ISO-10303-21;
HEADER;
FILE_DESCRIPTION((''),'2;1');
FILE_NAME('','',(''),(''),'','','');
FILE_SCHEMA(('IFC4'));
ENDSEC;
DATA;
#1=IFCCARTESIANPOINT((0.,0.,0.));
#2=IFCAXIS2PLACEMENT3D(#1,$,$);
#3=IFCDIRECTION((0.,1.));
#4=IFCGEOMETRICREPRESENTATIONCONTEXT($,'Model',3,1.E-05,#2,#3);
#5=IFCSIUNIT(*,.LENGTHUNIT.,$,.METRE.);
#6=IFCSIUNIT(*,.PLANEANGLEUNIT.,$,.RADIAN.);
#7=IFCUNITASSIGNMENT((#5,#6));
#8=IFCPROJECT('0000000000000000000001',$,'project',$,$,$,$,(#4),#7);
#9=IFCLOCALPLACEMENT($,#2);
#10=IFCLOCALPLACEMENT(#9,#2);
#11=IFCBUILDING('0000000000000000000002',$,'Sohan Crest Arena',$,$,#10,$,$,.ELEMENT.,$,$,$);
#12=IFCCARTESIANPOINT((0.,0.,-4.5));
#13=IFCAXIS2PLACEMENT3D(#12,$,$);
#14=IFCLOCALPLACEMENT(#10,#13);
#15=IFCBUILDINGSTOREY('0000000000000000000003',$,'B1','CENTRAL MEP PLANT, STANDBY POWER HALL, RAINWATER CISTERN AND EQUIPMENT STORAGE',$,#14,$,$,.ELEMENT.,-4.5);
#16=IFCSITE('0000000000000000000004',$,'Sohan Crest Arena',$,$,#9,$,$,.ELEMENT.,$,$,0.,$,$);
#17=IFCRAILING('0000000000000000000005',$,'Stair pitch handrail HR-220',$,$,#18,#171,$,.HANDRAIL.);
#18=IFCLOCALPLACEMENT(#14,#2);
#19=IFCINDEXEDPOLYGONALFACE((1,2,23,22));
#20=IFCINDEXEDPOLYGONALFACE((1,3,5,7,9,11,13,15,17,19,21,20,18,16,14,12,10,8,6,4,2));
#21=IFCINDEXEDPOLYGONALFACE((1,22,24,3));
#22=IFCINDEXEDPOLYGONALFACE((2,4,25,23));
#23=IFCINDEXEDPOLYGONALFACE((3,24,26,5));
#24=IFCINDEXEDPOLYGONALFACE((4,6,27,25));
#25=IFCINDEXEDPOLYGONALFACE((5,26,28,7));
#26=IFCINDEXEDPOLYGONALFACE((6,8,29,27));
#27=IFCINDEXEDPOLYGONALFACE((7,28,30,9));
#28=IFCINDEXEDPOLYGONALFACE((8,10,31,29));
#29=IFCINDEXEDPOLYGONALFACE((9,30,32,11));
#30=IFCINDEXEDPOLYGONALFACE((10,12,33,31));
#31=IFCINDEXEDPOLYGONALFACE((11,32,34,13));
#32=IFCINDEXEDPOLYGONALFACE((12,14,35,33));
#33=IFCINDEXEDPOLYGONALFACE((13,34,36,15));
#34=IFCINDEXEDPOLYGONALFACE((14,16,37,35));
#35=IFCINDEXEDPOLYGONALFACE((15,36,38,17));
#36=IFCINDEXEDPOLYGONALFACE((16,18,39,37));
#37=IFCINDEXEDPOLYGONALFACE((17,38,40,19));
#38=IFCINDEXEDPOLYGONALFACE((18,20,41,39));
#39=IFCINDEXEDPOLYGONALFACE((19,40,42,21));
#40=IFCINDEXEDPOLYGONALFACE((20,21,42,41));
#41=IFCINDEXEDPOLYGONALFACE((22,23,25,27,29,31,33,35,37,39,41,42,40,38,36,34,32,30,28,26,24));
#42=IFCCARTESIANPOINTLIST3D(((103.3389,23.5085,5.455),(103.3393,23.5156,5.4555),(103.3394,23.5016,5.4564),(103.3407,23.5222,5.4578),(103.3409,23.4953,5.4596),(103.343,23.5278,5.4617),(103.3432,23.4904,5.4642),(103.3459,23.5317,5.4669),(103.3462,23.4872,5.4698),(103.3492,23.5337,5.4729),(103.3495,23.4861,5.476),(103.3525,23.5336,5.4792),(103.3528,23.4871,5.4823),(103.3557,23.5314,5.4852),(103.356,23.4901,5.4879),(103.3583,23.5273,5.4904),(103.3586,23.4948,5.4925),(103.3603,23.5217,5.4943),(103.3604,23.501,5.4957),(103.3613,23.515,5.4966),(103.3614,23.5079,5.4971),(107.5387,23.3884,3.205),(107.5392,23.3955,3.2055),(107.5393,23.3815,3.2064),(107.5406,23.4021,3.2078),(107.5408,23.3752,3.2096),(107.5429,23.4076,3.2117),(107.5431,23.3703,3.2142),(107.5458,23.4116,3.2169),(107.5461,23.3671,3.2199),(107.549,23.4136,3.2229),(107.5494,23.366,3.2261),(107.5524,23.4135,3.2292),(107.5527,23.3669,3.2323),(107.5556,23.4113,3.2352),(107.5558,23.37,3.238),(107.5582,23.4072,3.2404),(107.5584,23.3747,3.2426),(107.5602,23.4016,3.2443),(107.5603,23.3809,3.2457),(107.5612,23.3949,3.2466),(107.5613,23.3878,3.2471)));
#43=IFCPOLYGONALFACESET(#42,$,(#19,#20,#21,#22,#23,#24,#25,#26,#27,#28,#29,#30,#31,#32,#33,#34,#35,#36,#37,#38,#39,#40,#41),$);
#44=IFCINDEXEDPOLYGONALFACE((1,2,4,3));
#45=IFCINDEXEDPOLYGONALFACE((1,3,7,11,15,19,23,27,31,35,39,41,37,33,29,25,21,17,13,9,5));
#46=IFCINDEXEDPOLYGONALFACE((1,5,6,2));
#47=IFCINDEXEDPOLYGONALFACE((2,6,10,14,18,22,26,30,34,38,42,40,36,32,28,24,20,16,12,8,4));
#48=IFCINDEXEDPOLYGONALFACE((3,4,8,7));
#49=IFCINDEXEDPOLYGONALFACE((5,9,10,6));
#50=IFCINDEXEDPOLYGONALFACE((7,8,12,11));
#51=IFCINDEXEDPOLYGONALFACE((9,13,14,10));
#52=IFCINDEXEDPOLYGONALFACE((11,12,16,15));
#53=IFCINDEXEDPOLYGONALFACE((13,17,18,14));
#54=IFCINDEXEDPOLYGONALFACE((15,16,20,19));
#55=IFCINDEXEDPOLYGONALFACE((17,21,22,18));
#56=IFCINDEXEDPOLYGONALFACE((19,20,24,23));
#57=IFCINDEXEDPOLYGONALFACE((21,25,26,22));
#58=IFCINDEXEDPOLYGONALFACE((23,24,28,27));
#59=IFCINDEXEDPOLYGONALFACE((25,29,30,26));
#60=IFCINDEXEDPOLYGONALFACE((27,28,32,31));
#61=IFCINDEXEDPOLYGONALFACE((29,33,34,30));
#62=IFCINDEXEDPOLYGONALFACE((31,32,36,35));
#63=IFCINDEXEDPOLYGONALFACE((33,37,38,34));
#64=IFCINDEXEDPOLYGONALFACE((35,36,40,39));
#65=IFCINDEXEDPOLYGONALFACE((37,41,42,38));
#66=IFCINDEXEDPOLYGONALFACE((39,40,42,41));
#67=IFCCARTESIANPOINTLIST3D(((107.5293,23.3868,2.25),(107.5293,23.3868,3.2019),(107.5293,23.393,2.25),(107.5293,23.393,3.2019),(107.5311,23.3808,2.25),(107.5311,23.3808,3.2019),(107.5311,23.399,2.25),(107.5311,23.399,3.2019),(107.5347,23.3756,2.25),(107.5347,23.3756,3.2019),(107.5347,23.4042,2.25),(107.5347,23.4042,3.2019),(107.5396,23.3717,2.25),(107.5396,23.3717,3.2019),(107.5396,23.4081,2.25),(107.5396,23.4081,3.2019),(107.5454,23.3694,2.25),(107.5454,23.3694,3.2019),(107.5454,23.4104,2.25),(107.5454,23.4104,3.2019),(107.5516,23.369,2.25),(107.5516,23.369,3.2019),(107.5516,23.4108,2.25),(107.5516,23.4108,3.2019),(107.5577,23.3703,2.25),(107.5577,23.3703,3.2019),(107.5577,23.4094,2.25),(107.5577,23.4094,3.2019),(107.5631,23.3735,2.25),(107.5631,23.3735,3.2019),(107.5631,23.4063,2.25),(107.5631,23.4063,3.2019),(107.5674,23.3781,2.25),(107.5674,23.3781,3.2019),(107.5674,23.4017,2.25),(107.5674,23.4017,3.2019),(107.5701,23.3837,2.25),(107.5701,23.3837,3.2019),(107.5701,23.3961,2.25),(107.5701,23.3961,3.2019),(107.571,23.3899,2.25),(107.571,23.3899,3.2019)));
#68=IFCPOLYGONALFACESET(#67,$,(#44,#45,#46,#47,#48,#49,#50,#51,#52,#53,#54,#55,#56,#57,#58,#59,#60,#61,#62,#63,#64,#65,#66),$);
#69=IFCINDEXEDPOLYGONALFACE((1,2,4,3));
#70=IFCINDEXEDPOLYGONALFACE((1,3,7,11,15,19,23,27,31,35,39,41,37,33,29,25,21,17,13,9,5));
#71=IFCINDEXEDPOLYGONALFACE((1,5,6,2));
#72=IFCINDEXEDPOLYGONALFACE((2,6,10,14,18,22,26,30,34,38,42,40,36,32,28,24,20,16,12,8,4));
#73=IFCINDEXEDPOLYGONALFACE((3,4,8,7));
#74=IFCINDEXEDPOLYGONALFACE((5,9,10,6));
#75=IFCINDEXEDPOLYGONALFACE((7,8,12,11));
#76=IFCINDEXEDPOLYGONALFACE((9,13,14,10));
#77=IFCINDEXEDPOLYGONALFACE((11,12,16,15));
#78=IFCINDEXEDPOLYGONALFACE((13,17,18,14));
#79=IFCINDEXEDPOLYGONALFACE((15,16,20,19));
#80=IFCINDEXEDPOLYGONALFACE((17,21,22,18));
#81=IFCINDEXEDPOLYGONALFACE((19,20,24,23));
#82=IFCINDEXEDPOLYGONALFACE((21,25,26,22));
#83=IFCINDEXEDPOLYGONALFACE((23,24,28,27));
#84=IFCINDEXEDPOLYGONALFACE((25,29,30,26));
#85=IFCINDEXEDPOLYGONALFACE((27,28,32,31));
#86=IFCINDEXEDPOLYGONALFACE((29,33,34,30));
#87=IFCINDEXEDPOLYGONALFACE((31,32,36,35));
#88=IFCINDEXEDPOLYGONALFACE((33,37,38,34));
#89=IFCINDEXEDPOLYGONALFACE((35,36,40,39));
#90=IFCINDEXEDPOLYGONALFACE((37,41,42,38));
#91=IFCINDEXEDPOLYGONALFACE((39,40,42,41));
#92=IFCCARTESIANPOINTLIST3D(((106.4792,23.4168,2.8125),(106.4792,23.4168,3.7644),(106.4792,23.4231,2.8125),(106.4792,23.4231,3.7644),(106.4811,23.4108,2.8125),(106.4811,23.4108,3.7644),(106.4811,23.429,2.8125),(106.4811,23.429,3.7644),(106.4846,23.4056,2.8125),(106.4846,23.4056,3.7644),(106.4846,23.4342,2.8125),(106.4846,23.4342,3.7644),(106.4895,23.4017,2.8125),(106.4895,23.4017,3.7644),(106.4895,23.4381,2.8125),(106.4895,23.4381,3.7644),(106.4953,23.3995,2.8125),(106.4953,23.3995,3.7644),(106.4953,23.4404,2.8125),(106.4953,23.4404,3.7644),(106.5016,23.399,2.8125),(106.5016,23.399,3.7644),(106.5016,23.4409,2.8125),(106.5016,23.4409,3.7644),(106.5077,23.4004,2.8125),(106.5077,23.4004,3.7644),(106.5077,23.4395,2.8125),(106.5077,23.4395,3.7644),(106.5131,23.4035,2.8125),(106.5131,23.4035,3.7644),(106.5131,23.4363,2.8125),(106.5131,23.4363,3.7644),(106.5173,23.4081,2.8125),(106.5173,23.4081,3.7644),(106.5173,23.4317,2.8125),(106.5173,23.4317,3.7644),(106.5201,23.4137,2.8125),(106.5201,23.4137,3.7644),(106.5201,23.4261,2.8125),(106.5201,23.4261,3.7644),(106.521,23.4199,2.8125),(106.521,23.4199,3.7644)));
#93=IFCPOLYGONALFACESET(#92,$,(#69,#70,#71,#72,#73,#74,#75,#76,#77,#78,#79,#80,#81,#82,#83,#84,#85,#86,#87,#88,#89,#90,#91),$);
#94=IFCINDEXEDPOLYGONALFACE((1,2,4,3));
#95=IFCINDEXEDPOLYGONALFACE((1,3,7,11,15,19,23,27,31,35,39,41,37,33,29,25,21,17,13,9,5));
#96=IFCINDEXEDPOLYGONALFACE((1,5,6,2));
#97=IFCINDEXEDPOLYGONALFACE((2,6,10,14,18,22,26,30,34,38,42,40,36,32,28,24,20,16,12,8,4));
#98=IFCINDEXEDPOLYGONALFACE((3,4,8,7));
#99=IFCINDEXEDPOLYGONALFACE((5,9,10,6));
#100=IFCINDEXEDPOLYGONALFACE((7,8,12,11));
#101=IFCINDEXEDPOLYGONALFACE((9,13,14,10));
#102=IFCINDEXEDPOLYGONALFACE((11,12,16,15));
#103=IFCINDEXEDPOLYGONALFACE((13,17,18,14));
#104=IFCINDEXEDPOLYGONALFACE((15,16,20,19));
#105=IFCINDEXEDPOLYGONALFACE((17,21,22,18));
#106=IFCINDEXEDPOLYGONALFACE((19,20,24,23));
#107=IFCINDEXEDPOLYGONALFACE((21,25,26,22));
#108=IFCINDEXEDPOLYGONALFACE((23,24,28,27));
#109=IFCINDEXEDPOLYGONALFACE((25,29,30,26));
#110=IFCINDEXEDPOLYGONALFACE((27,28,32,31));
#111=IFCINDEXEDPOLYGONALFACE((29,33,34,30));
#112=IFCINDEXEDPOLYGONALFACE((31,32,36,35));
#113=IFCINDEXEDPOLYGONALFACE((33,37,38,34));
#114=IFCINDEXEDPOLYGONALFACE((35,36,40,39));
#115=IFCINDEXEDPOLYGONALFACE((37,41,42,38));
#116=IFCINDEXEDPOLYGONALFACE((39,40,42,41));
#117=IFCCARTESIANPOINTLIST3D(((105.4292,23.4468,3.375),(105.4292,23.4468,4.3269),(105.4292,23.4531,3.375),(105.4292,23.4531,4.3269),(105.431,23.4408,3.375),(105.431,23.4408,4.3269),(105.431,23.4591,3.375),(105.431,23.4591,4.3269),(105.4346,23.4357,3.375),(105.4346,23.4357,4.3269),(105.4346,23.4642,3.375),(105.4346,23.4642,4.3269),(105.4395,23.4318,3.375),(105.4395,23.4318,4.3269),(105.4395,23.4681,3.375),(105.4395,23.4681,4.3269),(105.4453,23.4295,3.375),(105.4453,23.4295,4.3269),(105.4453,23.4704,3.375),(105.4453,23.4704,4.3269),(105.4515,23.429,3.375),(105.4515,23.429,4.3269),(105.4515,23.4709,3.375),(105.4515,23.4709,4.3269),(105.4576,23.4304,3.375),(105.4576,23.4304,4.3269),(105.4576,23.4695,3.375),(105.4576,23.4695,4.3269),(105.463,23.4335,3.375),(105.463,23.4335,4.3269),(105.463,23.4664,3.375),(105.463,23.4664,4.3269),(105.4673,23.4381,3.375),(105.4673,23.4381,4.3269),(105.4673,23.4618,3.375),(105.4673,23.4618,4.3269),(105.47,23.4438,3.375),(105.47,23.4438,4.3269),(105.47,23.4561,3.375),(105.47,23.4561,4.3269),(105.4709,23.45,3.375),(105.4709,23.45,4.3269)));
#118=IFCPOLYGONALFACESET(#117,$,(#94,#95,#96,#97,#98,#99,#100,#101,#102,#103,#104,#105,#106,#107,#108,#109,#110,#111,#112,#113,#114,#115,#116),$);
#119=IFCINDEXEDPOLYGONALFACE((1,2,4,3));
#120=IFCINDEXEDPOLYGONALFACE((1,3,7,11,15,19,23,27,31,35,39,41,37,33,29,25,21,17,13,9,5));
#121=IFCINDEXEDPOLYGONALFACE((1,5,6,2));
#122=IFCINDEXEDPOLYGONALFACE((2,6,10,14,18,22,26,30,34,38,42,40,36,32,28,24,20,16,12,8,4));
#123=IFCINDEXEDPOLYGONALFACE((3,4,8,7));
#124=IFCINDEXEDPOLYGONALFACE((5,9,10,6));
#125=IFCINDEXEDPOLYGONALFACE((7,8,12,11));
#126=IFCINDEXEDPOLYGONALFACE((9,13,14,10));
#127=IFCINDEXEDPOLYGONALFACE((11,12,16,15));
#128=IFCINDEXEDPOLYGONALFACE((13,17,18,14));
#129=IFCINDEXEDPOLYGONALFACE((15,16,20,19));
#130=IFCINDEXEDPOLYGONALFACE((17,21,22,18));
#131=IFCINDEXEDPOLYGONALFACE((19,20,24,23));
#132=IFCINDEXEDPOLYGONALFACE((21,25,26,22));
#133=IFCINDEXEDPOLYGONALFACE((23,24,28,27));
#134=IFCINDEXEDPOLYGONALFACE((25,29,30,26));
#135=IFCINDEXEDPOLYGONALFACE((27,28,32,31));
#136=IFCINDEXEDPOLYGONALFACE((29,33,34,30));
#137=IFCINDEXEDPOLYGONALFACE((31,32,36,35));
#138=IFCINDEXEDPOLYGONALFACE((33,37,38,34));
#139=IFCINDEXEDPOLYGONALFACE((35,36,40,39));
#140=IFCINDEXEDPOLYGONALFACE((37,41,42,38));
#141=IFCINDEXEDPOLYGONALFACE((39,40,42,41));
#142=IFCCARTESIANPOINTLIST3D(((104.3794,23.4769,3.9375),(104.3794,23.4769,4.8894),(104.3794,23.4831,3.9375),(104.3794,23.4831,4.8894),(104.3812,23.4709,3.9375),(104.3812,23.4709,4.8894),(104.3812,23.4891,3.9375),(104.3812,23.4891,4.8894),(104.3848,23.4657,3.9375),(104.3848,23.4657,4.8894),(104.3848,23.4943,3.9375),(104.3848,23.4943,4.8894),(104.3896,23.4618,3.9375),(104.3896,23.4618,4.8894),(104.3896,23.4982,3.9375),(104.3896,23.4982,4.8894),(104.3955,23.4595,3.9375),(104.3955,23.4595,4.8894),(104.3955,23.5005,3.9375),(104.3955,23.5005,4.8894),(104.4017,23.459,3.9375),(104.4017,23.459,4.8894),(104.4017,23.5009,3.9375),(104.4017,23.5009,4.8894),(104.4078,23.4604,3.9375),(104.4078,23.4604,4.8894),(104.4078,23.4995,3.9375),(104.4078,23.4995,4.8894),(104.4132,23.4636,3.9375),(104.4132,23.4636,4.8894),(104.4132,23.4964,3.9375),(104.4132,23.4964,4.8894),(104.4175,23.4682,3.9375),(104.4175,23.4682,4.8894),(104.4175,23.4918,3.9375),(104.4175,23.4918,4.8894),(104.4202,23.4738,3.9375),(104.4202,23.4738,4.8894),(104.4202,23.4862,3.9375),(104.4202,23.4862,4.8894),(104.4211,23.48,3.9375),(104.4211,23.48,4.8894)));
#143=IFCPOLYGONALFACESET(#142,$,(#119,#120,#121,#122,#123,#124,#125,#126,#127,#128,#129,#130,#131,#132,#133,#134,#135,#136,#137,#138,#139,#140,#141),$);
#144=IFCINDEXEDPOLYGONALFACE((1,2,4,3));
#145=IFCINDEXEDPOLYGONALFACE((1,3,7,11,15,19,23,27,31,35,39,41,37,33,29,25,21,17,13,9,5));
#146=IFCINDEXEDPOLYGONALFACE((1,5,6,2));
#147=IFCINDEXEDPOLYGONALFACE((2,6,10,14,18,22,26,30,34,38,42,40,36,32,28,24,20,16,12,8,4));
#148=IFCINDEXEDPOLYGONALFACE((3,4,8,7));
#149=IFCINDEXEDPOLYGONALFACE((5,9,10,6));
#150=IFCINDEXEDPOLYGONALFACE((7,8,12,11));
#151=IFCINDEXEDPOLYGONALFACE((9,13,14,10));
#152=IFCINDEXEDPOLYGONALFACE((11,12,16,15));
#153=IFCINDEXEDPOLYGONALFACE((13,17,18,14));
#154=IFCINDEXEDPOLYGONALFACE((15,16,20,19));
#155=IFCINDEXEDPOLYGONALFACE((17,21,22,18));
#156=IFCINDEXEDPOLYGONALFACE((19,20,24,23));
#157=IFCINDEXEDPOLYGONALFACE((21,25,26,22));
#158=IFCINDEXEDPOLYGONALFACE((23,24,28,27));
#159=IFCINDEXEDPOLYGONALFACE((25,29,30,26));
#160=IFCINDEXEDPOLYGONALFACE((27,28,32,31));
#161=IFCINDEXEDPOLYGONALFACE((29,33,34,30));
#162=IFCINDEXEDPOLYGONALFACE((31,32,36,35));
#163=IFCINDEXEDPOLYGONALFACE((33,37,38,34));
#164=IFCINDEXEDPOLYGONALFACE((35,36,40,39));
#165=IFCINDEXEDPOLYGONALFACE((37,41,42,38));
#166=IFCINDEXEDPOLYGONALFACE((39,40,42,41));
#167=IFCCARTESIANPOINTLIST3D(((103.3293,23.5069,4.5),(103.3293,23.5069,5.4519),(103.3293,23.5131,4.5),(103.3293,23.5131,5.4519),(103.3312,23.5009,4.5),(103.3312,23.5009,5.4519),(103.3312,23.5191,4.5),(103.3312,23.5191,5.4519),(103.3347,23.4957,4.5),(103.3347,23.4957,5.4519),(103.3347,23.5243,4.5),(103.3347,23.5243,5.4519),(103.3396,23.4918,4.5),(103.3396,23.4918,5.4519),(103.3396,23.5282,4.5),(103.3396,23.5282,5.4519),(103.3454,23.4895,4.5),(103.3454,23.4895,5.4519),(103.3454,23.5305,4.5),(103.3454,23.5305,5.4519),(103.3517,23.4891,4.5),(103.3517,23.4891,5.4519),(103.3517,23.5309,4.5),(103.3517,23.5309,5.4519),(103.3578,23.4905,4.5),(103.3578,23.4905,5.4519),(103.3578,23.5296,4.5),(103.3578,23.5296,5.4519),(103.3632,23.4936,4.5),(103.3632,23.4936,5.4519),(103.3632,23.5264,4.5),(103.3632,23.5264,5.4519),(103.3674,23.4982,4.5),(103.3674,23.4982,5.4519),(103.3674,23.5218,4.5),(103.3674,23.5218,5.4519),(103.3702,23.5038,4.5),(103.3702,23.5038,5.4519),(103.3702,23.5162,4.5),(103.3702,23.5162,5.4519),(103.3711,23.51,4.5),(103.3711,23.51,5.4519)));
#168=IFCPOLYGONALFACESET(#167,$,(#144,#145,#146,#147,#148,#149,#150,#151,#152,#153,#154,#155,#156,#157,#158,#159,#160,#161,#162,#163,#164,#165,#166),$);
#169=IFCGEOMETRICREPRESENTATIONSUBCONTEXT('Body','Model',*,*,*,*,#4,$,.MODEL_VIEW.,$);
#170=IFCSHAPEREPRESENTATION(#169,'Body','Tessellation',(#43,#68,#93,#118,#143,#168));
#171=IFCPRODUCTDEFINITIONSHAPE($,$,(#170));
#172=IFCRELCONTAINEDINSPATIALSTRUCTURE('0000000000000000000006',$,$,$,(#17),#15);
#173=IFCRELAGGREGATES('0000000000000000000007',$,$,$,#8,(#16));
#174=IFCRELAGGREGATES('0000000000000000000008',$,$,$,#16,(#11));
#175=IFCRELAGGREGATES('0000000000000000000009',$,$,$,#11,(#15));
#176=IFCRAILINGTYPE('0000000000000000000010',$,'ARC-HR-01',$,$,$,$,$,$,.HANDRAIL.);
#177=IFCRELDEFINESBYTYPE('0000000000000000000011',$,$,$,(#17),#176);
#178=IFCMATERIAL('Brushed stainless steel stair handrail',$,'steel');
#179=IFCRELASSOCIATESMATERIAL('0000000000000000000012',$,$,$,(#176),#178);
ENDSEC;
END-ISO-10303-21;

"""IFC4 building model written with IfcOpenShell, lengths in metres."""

from ifc_helpers import new_model, si_unit, direction, frame, origin, origin_2d, place, context, subcontext, project, spatial, circle, extrude, material, type_object, element, save


model = new_model("IFC4")

# Units and contexts
model_context = context("Model", 3, precision=1e-05, world=origin(), true_north=direction((0.0, 1.0)))
body_context = subcontext(model_context, "Body", "Model", "MODEL_VIEW")
ifc_project = project(units=[si_unit("LENGTHUNIT", "METRE"), si_unit("PLANEANGLEUNIT", "RADIAN")], contexts=[model_context])

# Site, building, storey
site_placement = place(None, origin())
site = spatial("IfcSite", under=ifc_project, at=site_placement, Name="Sohan Crest Arena", CompositionType="ELEMENT", RefElevation=0.0)
building_placement = place(site_placement, origin())
building = spatial("IfcBuilding", under=site, at=building_placement, Name="Sohan Crest Arena", CompositionType="ELEMENT")
storey_placement = place(building_placement, frame((0.0, 0.0, -4.5)))
storey = spatial("IfcBuildingStorey", under=building, at=storey_placement, Name="B1", Description="CENTRAL MEP PLANT, STANDBY POWER HALL, RAINWATER CISTERN AND EQUIPMENT STORAGE", CompositionType="ELEMENT", Elevation=-4.5)

# Railing
ifc_material_1 = material(Name="Brushed stainless steel stair handrail", Category="steel")
railing_type_1 = type_object("IfcRailingType", Name="ARC-HR-01", PredefinedType="HANDRAIL", material=ifc_material_1)
railing_1_placement = place(storey_placement, frame((107.55, 23.3899, 2.25)))
element("IfcRailing", 1, at=railing_1_placement, inside=storey, type_object=railing_type_1, Name="Stair pitch handrail HR-220", PredefinedType="HANDRAIL", context=body_context, shape_type="SweptSolid", body=[
    extrude(circle(Radius=0.0239, at=origin_2d()), frame((0.0, 0.0, 0.9761), z_axis=(-0.881198, 0.025202, 0.472076), x_axis=(-0.028588, -0.999591, 0.0)), (0.0, 0.0, 1.0), 4.7661),
    extrude(circle(Radius=0.021, at=origin_2d()), origin(), (0.0, 0.0, 1.0), 0.9519),
    extrude(circle(Radius=0.021, at=origin_2d()), frame((-1.05, 0.03, 0.5625)), (0.0, 0.0, 1.0), 0.9519),
    extrude(circle(Radius=0.021, at=origin_2d()), frame((-2.1001, 0.0601, 1.125)), (0.0, 0.0, 1.0), 0.9519),
    extrude(circle(Radius=0.021, at=origin_2d()), frame((-3.1499, 0.0901, 1.6875)), (0.0, 0.0, 1.0), 0.9519),
    extrude(circle(Radius=0.021, at=origin_2d()), frame((-4.2, 0.1201, 2.25)), (0.0, 0.0, 1.0), 0.9519),
])

save(model, "model.ifc")
